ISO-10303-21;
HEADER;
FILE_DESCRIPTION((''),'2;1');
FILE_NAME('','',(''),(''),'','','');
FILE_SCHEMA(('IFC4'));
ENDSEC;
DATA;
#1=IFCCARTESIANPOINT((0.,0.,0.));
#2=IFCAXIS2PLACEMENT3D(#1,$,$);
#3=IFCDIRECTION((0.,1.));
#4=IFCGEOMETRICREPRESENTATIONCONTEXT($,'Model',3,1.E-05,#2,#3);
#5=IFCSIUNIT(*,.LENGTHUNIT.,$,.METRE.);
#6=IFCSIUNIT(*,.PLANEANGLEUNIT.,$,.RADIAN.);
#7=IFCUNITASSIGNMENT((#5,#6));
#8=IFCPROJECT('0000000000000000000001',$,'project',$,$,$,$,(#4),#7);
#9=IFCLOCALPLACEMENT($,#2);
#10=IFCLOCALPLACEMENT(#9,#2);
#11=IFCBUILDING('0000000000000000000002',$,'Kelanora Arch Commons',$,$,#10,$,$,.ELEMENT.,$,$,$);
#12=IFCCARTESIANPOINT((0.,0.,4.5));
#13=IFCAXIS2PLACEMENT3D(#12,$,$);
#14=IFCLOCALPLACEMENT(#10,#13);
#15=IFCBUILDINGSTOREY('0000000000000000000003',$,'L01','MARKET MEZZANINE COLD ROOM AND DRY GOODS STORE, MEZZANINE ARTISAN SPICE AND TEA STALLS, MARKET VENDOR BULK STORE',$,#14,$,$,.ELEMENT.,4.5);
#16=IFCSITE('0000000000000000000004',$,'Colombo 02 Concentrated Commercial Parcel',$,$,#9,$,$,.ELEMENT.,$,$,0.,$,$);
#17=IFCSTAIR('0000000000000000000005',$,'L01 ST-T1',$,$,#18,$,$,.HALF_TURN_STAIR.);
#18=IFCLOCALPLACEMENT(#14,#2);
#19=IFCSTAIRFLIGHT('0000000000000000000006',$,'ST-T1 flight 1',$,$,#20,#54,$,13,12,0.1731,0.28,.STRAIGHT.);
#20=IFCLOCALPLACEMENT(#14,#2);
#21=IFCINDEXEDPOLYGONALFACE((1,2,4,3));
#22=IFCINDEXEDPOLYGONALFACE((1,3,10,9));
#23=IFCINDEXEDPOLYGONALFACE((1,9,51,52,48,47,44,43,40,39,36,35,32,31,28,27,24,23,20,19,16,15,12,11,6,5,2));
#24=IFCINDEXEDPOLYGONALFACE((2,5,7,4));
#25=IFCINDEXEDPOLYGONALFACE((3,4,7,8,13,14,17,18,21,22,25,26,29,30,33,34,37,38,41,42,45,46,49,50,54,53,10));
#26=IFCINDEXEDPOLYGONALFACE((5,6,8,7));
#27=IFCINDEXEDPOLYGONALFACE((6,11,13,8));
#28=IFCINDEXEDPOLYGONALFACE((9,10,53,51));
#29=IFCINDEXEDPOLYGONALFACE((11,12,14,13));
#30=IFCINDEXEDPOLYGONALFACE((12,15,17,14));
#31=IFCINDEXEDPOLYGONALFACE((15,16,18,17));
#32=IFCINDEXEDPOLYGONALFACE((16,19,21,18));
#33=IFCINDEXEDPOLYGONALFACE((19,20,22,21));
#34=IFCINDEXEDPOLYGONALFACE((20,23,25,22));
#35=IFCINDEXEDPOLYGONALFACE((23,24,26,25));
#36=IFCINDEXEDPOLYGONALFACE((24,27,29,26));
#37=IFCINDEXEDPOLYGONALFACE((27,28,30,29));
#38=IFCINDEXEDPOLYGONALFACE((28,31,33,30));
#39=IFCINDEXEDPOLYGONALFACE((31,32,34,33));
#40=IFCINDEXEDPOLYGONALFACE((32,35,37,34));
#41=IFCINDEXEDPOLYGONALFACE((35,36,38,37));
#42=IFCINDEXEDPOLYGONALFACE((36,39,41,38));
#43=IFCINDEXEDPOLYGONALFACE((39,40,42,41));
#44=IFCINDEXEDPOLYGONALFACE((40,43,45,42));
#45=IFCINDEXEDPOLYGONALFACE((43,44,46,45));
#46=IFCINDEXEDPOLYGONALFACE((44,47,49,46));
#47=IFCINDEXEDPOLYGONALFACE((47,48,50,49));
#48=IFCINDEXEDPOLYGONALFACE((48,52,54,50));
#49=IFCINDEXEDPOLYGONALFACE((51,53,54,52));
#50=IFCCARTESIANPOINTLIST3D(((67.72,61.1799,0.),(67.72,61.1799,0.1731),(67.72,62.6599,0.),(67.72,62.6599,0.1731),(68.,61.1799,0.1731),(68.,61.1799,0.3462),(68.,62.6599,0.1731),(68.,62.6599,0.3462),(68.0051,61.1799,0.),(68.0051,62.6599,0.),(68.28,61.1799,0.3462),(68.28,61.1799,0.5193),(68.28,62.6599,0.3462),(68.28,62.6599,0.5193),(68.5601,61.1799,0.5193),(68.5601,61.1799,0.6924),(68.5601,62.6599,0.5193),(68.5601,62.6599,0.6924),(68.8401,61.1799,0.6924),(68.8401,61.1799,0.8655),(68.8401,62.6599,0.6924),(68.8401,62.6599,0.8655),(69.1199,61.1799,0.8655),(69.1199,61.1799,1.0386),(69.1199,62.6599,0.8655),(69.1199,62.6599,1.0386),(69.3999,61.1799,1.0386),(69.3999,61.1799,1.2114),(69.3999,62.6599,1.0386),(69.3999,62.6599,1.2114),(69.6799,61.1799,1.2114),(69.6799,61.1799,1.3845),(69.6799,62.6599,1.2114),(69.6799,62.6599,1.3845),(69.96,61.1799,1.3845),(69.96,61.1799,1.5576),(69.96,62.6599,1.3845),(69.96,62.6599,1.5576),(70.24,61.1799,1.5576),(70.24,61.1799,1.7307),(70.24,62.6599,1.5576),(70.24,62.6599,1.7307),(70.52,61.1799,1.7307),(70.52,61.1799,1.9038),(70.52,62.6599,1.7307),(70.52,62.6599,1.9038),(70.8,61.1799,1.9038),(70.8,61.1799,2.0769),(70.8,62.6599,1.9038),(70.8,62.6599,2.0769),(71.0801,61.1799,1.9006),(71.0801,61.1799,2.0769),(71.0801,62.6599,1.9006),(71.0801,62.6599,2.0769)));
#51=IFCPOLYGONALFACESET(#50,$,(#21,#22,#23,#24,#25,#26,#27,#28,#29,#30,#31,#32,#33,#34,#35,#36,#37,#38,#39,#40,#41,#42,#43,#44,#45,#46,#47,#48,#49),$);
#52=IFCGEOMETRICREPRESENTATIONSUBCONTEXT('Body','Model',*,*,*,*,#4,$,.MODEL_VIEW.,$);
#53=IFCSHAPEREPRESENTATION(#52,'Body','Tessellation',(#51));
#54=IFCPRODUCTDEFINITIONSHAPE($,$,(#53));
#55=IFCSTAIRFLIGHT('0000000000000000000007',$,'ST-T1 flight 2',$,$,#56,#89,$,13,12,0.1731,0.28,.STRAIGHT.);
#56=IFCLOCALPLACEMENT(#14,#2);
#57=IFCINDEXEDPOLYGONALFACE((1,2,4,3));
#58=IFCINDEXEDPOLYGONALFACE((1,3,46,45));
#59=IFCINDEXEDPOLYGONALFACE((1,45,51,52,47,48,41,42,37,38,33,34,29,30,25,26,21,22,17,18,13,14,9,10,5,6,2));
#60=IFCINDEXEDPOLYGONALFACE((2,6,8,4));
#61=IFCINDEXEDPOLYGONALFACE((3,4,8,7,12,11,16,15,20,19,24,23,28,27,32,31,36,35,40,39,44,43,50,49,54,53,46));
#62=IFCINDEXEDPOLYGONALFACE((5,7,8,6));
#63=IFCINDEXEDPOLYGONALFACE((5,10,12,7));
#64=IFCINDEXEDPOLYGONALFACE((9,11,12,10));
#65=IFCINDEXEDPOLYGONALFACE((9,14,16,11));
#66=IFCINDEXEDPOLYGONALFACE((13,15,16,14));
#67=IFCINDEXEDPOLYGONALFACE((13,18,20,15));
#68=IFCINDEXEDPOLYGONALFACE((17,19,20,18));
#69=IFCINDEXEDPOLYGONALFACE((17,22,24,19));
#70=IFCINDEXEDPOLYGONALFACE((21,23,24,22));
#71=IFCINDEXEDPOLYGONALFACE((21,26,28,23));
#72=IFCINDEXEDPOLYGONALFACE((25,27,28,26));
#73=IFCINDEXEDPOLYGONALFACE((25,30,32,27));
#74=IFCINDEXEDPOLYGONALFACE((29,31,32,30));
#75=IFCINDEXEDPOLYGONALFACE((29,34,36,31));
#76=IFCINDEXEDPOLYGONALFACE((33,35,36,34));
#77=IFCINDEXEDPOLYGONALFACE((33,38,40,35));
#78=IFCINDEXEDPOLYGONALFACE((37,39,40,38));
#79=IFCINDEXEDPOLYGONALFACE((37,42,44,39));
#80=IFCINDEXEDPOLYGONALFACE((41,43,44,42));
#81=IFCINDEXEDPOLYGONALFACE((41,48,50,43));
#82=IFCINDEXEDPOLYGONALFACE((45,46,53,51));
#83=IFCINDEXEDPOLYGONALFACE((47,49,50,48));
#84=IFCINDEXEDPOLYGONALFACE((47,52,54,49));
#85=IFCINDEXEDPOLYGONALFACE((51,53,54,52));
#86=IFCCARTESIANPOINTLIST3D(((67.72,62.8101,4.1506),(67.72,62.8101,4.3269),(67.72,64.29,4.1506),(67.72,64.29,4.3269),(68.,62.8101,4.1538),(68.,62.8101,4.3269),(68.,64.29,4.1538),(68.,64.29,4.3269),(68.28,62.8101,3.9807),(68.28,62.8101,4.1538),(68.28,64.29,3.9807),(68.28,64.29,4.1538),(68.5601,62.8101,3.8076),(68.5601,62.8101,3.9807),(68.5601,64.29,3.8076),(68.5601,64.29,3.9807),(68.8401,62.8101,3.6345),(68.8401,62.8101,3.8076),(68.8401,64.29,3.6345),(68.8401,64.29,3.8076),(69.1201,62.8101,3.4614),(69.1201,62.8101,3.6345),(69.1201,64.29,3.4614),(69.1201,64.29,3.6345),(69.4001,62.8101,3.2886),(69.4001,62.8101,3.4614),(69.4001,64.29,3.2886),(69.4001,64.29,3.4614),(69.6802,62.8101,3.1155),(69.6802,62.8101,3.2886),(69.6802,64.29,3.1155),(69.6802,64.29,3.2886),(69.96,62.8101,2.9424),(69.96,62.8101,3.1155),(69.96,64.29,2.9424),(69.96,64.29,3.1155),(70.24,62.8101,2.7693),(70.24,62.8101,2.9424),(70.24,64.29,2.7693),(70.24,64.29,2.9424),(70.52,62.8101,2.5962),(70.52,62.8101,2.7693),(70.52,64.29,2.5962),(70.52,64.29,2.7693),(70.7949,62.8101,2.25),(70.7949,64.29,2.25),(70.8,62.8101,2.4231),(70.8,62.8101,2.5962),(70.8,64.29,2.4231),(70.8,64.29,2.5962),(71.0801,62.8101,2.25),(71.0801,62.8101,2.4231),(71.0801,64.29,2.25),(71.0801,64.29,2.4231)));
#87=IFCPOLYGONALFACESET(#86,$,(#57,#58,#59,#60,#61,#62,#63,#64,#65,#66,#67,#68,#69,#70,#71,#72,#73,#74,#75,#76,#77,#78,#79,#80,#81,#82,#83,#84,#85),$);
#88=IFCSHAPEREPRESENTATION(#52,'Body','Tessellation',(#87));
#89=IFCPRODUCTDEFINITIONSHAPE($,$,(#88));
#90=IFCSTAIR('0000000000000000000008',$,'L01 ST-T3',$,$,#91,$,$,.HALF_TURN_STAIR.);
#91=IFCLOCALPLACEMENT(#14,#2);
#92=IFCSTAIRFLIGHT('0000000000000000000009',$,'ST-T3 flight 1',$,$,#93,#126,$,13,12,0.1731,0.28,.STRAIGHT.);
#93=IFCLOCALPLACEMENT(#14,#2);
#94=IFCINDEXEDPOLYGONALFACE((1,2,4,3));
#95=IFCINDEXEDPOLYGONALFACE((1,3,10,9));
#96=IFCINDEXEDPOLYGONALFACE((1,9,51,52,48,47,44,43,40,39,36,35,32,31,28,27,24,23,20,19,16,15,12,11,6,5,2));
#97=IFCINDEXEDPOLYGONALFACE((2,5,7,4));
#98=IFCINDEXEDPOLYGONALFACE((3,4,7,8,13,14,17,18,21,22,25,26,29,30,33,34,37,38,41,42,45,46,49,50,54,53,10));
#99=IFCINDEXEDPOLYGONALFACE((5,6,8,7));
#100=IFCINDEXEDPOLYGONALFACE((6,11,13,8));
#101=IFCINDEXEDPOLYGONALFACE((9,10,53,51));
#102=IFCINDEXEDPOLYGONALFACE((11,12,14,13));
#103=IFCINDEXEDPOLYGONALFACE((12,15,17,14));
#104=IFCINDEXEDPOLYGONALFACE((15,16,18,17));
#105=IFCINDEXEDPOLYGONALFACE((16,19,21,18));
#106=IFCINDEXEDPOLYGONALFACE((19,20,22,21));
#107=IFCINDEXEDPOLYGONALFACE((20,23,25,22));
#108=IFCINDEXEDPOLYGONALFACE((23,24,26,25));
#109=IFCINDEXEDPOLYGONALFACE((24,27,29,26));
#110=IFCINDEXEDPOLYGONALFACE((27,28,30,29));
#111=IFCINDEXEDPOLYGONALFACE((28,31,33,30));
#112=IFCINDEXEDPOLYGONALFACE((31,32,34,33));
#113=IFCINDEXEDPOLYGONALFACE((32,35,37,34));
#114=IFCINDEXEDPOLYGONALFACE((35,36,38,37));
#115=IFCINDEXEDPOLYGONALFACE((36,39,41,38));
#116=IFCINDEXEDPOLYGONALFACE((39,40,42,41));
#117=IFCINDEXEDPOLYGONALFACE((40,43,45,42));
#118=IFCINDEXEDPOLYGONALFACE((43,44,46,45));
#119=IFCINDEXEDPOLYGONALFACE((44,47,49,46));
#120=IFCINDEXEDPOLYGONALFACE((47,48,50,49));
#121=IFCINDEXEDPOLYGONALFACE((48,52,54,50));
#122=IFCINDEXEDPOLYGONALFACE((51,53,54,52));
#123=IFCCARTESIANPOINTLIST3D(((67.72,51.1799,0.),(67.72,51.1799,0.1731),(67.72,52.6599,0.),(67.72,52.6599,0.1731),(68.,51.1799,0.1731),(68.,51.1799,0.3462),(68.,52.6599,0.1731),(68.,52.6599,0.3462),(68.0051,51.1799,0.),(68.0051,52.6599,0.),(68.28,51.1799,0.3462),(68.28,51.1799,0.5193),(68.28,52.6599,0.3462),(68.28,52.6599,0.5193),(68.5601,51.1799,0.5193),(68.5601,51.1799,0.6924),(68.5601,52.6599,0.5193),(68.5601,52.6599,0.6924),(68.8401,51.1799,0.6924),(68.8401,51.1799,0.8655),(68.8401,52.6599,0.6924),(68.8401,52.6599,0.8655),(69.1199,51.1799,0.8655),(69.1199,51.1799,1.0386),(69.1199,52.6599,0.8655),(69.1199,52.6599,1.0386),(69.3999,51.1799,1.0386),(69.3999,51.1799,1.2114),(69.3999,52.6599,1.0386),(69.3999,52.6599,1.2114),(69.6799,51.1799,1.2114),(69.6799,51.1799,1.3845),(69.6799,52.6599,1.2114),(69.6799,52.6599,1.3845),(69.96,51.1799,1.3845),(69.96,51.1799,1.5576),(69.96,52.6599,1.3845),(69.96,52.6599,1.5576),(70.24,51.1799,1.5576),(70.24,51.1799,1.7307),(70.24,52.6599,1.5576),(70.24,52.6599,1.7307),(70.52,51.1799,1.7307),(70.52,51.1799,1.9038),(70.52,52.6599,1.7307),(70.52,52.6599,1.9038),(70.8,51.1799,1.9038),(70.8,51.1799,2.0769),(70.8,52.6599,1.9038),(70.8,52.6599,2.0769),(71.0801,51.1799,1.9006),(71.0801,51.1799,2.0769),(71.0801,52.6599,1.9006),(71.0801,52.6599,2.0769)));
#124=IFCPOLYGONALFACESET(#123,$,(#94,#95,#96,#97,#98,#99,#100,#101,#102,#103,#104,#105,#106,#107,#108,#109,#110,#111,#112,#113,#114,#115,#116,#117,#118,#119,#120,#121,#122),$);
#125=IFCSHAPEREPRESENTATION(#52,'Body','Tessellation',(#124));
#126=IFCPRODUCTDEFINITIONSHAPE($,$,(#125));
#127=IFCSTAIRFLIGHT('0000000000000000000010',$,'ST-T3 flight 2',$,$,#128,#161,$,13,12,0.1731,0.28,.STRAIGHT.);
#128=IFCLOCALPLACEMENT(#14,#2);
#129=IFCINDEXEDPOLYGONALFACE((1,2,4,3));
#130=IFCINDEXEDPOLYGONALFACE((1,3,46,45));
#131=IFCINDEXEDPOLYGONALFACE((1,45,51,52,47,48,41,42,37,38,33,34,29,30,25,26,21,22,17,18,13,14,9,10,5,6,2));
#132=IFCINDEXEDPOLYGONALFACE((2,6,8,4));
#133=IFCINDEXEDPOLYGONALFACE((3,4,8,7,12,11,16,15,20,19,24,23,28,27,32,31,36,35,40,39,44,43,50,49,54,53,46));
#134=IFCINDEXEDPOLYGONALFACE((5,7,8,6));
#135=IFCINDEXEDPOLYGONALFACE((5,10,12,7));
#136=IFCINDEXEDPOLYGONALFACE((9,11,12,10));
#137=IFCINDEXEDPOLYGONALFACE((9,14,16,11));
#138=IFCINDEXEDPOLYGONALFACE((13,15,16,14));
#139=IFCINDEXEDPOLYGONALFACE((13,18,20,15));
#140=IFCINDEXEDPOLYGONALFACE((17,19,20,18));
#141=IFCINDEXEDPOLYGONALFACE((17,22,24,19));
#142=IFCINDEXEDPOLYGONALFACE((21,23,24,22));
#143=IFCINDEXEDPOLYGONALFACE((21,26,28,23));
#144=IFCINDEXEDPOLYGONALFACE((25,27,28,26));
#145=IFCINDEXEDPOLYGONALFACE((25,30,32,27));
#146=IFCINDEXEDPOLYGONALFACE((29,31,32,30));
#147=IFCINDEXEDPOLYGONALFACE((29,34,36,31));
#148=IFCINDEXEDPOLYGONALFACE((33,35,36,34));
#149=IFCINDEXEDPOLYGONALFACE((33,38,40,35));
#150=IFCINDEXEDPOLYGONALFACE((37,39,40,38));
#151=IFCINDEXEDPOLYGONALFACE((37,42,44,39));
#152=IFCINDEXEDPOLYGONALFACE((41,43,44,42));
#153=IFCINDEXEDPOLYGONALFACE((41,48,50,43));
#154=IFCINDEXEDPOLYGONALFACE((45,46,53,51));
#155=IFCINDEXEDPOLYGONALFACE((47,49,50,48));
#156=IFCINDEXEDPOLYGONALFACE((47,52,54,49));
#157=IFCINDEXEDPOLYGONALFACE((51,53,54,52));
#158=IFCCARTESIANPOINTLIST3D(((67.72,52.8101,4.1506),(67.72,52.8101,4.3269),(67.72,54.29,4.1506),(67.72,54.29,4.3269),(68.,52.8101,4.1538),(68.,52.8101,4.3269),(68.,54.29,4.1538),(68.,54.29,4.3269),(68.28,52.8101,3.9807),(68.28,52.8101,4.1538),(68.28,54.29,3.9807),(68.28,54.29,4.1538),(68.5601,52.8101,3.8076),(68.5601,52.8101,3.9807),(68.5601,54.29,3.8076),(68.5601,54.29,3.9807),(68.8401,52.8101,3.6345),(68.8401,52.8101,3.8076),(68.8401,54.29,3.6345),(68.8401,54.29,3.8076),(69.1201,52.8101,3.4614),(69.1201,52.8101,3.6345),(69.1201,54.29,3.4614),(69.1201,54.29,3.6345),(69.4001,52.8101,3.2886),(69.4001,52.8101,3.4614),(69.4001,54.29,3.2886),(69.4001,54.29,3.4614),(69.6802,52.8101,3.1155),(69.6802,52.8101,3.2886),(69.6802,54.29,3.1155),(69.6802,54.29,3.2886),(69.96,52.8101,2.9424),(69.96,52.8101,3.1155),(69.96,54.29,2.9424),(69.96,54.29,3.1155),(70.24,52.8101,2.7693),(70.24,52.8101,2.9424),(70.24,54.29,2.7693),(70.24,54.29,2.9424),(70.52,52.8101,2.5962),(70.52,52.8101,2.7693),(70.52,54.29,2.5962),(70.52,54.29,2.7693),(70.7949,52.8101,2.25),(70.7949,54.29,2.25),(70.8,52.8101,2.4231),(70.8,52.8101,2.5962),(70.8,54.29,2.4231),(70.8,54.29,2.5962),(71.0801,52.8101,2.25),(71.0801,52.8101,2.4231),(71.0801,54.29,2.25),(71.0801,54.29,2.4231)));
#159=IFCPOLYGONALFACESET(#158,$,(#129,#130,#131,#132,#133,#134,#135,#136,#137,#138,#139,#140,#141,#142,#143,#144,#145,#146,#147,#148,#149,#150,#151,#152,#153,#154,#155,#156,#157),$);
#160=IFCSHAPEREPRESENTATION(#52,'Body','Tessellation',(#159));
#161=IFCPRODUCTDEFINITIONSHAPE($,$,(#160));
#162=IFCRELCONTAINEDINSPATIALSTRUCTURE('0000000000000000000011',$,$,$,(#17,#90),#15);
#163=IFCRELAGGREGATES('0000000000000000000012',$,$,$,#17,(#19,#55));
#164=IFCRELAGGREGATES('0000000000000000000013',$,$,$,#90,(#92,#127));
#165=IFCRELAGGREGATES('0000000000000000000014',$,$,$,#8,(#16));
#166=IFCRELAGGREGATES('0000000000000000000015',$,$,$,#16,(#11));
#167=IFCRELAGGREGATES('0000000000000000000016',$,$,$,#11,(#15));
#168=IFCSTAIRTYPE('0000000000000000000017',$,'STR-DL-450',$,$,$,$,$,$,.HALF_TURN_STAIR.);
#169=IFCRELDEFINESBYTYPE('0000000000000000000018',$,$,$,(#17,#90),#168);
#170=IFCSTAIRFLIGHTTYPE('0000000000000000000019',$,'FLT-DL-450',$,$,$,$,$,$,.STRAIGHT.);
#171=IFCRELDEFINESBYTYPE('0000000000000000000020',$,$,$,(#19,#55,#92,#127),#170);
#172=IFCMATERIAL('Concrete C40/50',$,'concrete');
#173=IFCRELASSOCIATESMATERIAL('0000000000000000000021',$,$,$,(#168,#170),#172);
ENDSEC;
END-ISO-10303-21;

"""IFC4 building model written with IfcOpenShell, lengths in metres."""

from ifc_helpers import new_model, si_unit, direction, frame, origin, place, context, subcontext, project, spatial, polyline, outline, extrude, material, type_object, element, aggregate, save


model = new_model("IFC4")

# Units and contexts
model_context = context("Model", 3, precision=1e-05, world=origin(), true_north=direction((0.0, 1.0)))
body_context = subcontext(model_context, "Body", "Model", "MODEL_VIEW")
ifc_project = project(units=[si_unit("LENGTHUNIT", "METRE"), si_unit("PLANEANGLEUNIT", "RADIAN")], contexts=[model_context])

# Site, building, storey
site_placement = place(None, origin())
site = spatial("IfcSite", under=ifc_project, at=site_placement, Name="Colombo 02 Concentrated Commercial Parcel", CompositionType="ELEMENT", RefElevation=0.0)
building_placement = place(site_placement, origin())
building = spatial("IfcBuilding", under=site, at=building_placement, Name="Kelanora Arch Commons", CompositionType="ELEMENT")
storey_placement = place(building_placement, frame((0.0, 0.0, 4.5)))
storey = spatial("IfcBuildingStorey", under=building, at=storey_placement, Name="L01", Description="MARKET MEZZANINE COLD ROOM AND DRY GOODS STORE, MEZZANINE ARTISAN SPICE AND TEA STALLS, MARKET VENDOR BULK STORE", CompositionType="ELEMENT", Elevation=4.5)

# Shared definitions
ifc_material_1 = material(Name="Concrete C40/50", Category="concrete")

# Stairs, stair flights
stair_type = type_object("IfcStairType", Name="STR-DL-450", PredefinedType="HALF_TURN_STAIR", material=ifc_material_1)
stair_1_placement = place(storey_placement, origin())
stair_1 = element("IfcStair", 1, at=stair_1_placement, inside=storey, type_object=stair_type, Name="L01 ST-T1", PredefinedType="HALF_TURN_STAIR")
stair_flight_type = type_object("IfcStairFlightType", Name="FLT-DL-450", PredefinedType="STRAIGHT", material=ifc_material_1)
stair_flight_1_placement = place(storey_placement, frame((67.72, 61.9199, 0.0), z_axis=(0.0, 0.0, 1.0), x_axis=(1.0, 0.0, 0.0)))
stair_flight_1 = element("IfcStairFlight", 2, at=stair_flight_1_placement, type_object=stair_flight_type, Name="ST-T1 flight 1", NumberOfRisers=13, NumberOfTreads=12, PredefinedType="STRAIGHT", RiserHeight=0.1731, TreadLength=0.28, context=body_context, shape_type="SweptSolid", body=[
    extrude(outline(polyline([(0.0, 0.0), (0.0, 0.1731), (0.28, 0.1731), (0.28, 0.3462), (0.5601, 0.3462), (0.5601, 0.5193), (0.8401, 0.5193), (0.8401, 0.6924), (1.1201, 0.6924), (1.1201, 0.8655), (1.3999, 0.8655), (1.3999, 1.0386), (1.6799, 1.0386), (1.6799, 1.2114), (1.96, 1.2114), (1.96, 1.3845), (2.24, 1.3845), (2.24, 1.5576), (2.52, 1.5576), (2.52, 1.7307), (2.8, 1.7307), (2.8, 1.9038), (3.0801, 1.9038), (3.0801, 2.0769), (3.3601, 2.0769), (3.3601, 2.25), (3.3601, 1.9006), (0.2852, 0.0), (0.0, 0.0)])), frame((0.0, 0.74, 0.0), z_axis=(0.0, -1.0, 0.0), x_axis=(1.0, 0.0, 0.0)), (0.0, 0.0, 1.0), 1.48),
])
stair_flight_2_placement = place(storey_placement, frame((71.0801, 63.55, 2.25), z_axis=(0.0, 0.0, 1.0), x_axis=(-1.0, 0.0, 0.0)))
stair_flight_2 = element("IfcStairFlight", 3, at=stair_flight_2_placement, type_object=stair_flight_type, Name="ST-T1 flight 2", NumberOfRisers=13, NumberOfTreads=12, PredefinedType="STRAIGHT", RiserHeight=0.1731, TreadLength=0.28, context=body_context, shape_type="SweptSolid", body=[
    extrude(outline(polyline([(0.0, 0.0), (0.0, 0.1731), (0.28, 0.1731), (0.28, 0.3462), (0.5601, 0.3462), (0.5601, 0.5193), (0.8401, 0.5193), (0.8401, 0.6924), (1.1201, 0.6924), (1.1201, 0.8655), (1.3999, 0.8655), (1.3999, 1.0386), (1.6799, 1.0386), (1.6799, 1.2114), (1.96, 1.2114), (1.96, 1.3845), (2.24, 1.3845), (2.24, 1.5576), (2.52, 1.5576), (2.52, 1.7307), (2.8, 1.7307), (2.8, 1.9038), (3.0801, 1.9038), (3.0801, 2.0769), (3.3601, 2.0769), (3.3601, 2.25), (3.3601, 1.9006), (0.2852, 0.0), (0.0, 0.0)])), frame((0.0, 0.74, 0.0), z_axis=(0.0, -1.0, 0.0), x_axis=(1.0, 0.0, 0.0)), (0.0, 0.0, 1.0), 1.48),
])
aggregate(stair_1, [stair_flight_1, stair_flight_2])
stair_2_placement = place(storey_placement, origin())
stair_2 = element("IfcStair", 4, at=stair_2_placement, inside=storey, type_object=stair_type, Name="L01 ST-T3", PredefinedType="HALF_TURN_STAIR")
stair_flight_3_placement = place(storey_placement, frame((67.72, 51.9199, 0.0), z_axis=(0.0, 0.0, 1.0), x_axis=(1.0, 0.0, 0.0)))
stair_flight_3 = element("IfcStairFlight", 5, at=stair_flight_3_placement, type_object=stair_flight_type, Name="ST-T3 flight 1", NumberOfRisers=13, NumberOfTreads=12, PredefinedType="STRAIGHT", RiserHeight=0.1731, TreadLength=0.28, context=body_context, shape_type="SweptSolid", body=[
    extrude(outline(polyline([(0.0, 0.0), (0.0, 0.1731), (0.28, 0.1731), (0.28, 0.3462), (0.5601, 0.3462), (0.5601, 0.5193), (0.8401, 0.5193), (0.8401, 0.6924), (1.1201, 0.6924), (1.1201, 0.8655), (1.3999, 0.8655), (1.3999, 1.0386), (1.6799, 1.0386), (1.6799, 1.2114), (1.96, 1.2114), (1.96, 1.3845), (2.24, 1.3845), (2.24, 1.5576), (2.52, 1.5576), (2.52, 1.7307), (2.8, 1.7307), (2.8, 1.9038), (3.0801, 1.9038), (3.0801, 2.0769), (3.3601, 2.0769), (3.3601, 2.25), (3.3601, 1.9006), (0.2852, 0.0), (0.0, 0.0)])), frame((0.0, 0.74, 0.0), z_axis=(0.0, -1.0, 0.0), x_axis=(1.0, 0.0, 0.0)), (0.0, 0.0, 1.0), 1.48),
])
stair_flight_4_placement = place(storey_placement, frame((71.0801, 53.55, 2.25), z_axis=(0.0, 0.0, 1.0), x_axis=(-1.0, 0.0, 0.0)))
stair_flight_4 = element("IfcStairFlight", 6, at=stair_flight_4_placement, type_object=stair_flight_type, Name="ST-T3 flight 2", NumberOfRisers=13, NumberOfTreads=12, PredefinedType="STRAIGHT", RiserHeight=0.1731, TreadLength=0.28, context=body_context, shape_type="SweptSolid", body=[
    extrude(outline(polyline([(0.0, 0.0), (0.0, 0.1731), (0.28, 0.1731), (0.28, 0.3462), (0.5601, 0.3462), (0.5601, 0.5193), (0.8401, 0.5193), (0.8401, 0.6924), (1.1201, 0.6924), (1.1201, 0.8655), (1.3999, 0.8655), (1.3999, 1.0386), (1.6799, 1.0386), (1.6799, 1.2114), (1.96, 1.2114), (1.96, 1.3845), (2.24, 1.3845), (2.24, 1.5576), (2.52, 1.5576), (2.52, 1.7307), (2.8, 1.7307), (2.8, 1.9038), (3.0801, 1.9038), (3.0801, 2.0769), (3.3601, 2.0769), (3.3601, 2.25), (3.3601, 1.9006), (0.2852, 0.0), (0.0, 0.0)])), frame((0.0, 0.74, 0.0), z_axis=(0.0, -1.0, 0.0), x_axis=(1.0, 0.0, 0.0)), (0.0, 0.0, 1.0), 1.48),
])
aggregate(stair_2, [stair_flight_3, stair_flight_4])

save(model, "model.ifc")
